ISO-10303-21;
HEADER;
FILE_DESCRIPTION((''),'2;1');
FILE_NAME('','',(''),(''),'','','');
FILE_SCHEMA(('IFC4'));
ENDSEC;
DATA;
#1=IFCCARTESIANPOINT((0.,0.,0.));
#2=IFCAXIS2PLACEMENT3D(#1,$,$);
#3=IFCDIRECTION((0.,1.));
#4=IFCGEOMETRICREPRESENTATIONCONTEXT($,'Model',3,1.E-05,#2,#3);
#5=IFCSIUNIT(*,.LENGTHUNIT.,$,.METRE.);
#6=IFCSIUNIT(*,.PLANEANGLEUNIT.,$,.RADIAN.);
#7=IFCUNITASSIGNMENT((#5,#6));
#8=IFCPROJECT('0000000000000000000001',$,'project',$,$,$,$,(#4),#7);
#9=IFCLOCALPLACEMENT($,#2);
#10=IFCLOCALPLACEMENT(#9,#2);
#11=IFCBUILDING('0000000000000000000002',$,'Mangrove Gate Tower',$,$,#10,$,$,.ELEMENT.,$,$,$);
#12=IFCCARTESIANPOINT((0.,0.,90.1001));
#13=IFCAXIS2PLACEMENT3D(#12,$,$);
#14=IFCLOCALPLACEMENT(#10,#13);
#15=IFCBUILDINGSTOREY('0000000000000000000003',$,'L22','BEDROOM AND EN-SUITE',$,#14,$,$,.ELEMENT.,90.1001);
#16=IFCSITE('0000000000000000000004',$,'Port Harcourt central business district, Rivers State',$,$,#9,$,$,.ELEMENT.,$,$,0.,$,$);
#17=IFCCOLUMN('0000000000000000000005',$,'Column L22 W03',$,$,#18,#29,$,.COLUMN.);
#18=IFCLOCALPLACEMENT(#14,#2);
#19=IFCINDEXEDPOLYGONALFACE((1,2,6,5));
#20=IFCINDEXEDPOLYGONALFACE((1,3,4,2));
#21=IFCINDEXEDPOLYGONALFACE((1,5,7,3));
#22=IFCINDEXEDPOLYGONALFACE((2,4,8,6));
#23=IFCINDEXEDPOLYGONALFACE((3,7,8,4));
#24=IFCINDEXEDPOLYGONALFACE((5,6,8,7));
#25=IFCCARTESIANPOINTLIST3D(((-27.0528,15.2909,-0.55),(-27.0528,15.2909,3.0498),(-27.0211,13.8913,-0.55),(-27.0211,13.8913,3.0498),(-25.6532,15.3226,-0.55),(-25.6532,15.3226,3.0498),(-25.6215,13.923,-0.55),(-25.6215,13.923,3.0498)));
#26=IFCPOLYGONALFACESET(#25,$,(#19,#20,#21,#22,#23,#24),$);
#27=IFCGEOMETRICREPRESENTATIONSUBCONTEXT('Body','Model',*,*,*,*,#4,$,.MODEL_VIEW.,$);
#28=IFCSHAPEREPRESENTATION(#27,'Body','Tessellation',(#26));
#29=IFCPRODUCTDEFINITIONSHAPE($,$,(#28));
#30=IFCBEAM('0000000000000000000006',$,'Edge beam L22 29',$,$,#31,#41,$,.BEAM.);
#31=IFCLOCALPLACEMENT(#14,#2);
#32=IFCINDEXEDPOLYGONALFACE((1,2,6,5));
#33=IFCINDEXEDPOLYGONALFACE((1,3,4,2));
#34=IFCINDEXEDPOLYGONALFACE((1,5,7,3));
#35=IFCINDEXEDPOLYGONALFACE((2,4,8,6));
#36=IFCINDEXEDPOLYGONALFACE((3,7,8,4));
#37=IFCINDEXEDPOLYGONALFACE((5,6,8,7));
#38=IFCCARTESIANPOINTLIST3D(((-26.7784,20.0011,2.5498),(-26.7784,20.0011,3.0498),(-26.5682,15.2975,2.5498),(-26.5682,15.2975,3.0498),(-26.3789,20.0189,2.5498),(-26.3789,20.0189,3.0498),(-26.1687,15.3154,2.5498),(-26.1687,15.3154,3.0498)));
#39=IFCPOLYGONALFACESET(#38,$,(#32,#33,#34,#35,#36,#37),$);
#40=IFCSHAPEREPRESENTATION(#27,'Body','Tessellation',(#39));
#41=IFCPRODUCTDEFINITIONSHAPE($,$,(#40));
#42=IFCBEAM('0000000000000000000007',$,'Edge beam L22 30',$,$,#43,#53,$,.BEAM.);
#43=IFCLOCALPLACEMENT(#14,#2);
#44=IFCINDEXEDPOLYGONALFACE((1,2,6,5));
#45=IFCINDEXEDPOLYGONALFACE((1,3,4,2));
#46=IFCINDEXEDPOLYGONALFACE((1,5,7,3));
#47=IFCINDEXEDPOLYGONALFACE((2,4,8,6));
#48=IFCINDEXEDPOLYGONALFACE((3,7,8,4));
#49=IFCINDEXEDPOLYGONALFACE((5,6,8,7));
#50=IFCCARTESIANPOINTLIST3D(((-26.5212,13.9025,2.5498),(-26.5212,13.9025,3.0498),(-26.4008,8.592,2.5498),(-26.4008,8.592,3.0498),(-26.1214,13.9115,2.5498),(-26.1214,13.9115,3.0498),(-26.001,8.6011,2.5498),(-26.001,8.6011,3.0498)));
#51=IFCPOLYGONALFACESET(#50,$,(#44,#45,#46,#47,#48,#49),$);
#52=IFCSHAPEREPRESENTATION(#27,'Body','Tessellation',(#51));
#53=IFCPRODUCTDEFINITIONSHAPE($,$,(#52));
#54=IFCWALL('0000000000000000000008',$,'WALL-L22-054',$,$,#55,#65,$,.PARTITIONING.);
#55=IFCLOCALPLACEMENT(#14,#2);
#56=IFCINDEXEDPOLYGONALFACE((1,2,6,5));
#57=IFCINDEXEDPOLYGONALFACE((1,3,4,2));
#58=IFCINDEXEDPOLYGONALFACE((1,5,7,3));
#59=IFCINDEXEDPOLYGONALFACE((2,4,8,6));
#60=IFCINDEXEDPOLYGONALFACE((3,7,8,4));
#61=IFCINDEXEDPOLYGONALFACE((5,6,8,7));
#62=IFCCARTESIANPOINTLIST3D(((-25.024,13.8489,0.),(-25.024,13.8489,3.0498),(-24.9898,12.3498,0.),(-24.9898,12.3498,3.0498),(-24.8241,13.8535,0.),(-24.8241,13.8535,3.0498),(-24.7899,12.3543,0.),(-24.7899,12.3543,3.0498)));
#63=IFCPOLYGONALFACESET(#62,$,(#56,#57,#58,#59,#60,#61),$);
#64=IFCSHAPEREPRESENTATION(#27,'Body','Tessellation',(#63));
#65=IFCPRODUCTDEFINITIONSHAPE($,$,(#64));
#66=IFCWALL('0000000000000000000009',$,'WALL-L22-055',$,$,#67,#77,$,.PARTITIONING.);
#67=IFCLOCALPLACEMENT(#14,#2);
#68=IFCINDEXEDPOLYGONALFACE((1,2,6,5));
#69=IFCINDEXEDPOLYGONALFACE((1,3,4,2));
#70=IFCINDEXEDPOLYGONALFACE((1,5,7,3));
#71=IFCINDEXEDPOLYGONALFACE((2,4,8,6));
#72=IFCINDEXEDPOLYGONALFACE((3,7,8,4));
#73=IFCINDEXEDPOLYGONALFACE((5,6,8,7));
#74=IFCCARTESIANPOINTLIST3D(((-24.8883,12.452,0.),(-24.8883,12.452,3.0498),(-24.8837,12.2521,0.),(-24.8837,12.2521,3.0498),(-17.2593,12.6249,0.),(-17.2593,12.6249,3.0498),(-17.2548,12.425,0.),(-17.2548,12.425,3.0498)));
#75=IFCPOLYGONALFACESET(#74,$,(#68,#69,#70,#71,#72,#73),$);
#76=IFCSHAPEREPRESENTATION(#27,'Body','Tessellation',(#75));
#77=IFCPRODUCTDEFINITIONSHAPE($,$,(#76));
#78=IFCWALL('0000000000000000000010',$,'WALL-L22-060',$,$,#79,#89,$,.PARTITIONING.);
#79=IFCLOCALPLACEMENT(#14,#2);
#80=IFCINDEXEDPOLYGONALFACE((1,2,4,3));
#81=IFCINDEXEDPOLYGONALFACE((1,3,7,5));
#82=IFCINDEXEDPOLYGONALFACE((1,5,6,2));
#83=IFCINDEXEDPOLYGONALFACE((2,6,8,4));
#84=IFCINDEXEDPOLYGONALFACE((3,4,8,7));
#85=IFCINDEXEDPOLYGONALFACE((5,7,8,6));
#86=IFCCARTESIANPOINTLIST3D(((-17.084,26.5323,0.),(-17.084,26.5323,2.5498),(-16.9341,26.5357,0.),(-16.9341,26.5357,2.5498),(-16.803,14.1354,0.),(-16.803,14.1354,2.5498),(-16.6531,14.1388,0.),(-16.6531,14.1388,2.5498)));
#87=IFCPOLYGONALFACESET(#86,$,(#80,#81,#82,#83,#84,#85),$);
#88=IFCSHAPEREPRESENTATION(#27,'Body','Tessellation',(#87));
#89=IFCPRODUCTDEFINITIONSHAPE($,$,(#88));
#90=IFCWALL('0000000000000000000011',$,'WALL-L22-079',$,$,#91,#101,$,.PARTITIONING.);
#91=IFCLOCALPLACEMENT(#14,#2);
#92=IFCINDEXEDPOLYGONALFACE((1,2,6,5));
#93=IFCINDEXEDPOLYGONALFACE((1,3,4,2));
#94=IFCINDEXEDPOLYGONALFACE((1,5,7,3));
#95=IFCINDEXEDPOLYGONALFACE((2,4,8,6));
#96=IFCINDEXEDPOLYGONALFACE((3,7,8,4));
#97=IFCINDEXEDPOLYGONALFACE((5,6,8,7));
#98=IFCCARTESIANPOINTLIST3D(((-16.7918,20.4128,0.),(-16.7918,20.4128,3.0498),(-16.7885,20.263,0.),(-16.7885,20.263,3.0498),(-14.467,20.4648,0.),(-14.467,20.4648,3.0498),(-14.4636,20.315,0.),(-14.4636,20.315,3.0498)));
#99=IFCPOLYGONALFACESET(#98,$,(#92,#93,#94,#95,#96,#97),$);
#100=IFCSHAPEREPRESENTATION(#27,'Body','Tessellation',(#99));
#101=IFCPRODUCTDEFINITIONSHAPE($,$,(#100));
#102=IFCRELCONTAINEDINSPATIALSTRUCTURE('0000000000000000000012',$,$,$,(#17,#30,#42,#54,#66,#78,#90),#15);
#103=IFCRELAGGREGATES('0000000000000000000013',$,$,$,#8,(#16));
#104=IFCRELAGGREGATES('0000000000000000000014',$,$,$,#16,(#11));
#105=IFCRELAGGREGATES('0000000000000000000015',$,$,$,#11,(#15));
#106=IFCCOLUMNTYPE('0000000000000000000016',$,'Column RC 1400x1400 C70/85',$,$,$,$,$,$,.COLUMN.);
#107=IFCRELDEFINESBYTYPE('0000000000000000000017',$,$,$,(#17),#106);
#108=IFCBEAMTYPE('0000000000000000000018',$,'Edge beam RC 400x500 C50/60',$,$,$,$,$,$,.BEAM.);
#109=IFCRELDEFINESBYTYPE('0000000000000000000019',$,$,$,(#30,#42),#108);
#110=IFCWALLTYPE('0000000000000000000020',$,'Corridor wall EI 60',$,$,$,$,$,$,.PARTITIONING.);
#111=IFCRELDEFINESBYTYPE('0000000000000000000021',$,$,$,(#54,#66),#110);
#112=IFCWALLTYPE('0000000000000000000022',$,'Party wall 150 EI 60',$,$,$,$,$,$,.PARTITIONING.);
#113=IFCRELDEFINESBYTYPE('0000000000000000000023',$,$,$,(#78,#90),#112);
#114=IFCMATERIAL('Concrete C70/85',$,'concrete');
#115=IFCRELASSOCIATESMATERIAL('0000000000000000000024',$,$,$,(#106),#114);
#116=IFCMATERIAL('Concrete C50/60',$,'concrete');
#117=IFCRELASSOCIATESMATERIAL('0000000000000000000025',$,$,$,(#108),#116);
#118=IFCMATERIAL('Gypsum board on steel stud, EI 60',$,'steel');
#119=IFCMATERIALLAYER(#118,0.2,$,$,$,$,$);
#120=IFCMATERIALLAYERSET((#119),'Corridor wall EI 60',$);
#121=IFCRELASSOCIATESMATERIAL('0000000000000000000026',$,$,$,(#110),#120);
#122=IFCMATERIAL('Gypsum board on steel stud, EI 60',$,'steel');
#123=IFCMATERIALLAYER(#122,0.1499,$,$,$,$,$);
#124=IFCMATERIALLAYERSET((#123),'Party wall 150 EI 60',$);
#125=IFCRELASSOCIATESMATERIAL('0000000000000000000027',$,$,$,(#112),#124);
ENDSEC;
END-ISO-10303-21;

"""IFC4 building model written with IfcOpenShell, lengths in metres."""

from ifc_helpers import new_model, si_unit, direction, frame, frame_2d, origin, origin_2d, place, context, subcontext, project, spatial, rectangle, extrude, material, layer, layer_set, material_profile, profile_set, type_object, element, save


model = new_model("IFC4")

# Units and contexts
model_context = context("Model", 3, precision=1e-05, world=origin(), true_north=direction((0.0, 1.0)))
body_context = subcontext(model_context, "Body", "Model", "MODEL_VIEW")
ifc_project = project(units=[si_unit("LENGTHUNIT", "METRE"), si_unit("PLANEANGLEUNIT", "RADIAN")], contexts=[model_context])

# Site, building, storey
site_placement = place(None, origin())
site = spatial("IfcSite", under=ifc_project, at=site_placement, Name="Port Harcourt central business district, Rivers State", CompositionType="ELEMENT", RefElevation=0.0)
building_placement = place(site_placement, origin())
building = spatial("IfcBuilding", under=site, at=building_placement, Name="Mangrove Gate Tower", CompositionType="ELEMENT")
storey_placement = place(building_placement, frame((0.0, 0.0, 90.1001)))
storey = spatial("IfcBuildingStorey", under=building, at=storey_placement, Name="L22", Description="BEDROOM AND EN-SUITE", CompositionType="ELEMENT", Elevation=90.1001)

# Column
ifc_material_1 = material(Name="Concrete C70/85", Category="concrete")
ifc_material_profile_1 = material_profile(ifc_material_1, rectangle(XDim=1.3999, YDim=1.3999, at=origin_2d()))
ifc_profile_set_1 = profile_set([ifc_material_profile_1], Name="Concrete C70/85")
column_type = type_object("IfcColumnType", Name="Column RC 1400x1400 C70/85", PredefinedType="COLUMN", material=ifc_profile_set_1)
column_placement = place(storey_placement, frame((-26.3372, 14.6069, -0.55), z_axis=(0.0, 0.0, 1.0), x_axis=(0.022645, -0.999744, 0.0)))
element("IfcColumn", 1, at=column_placement, inside=storey, type_object=column_type, Name="Column L22 W03", PredefinedType="COLUMN", context=body_context, shape_type="SweptSolid", body=[
    extrude(rectangle(XDim=1.3999, YDim=1.3999, at=origin_2d()), origin(), (0.0, 0.0, 1.0), 3.5999),
])

# Beams
ifc_material_2 = material(Name="Concrete C50/60", Category="concrete")
ifc_material_profile_2 = material_profile(ifc_material_2, rectangle(XDim=0.3999, YDim=0.5, at=origin_2d()))
ifc_profile_set_2 = profile_set([ifc_material_profile_2], Name="Concrete C50/60")
beam_type = type_object("IfcBeamType", Name="Edge beam RC 400x500 C50/60", PredefinedType="BEAM", material=ifc_profile_set_2)
beam_1_placement = place(storey_placement, frame((-26.5786, 20.01, 2.7998), z_axis=(0.044646, -0.999003, 0.0), x_axis=(0.999003, 0.044646, 0.0)))
element("IfcBeam", 2, at=beam_1_placement, inside=storey, type_object=beam_type, Name="Edge beam L22 29", PredefinedType="BEAM", context=body_context, shape_type="SweptSolid", body=[
    extrude(rectangle(XDim=0.3999, YDim=0.5, at=origin_2d()), origin(), (0.0, 0.0, 1.0), 4.7083),
])
beam_2_placement = place(storey_placement, frame((-26.3213, 13.907, 2.7998), z_axis=(0.02266, -0.999743, 0.0), x_axis=(0.999743, 0.02266, 0.0)))
element("IfcBeam", 3, at=beam_2_placement, inside=storey, type_object=beam_type, Name="Edge beam L22 30", PredefinedType="BEAM", context=body_context, shape_type="SweptSolid", body=[
    extrude(rectangle(XDim=0.3999, YDim=0.5, at=origin_2d()), origin(), (0.0, 0.0, 1.0), 5.3118),
])

# Walls
ifc_material_3 = material(Name="Gypsum board on steel stud, EI 60", Category="steel")
ifc_layer_1 = layer(ifc_material_3, 0.2)
ifc_layer_set_1 = layer_set([ifc_layer_1], Name="Corridor wall EI 60")
wall_type_1 = type_object("IfcWallType", Name="Corridor wall EI 60", PredefinedType="PARTITIONING", material=ifc_layer_set_1)
wall_1_placement = place(storey_placement, frame((-24.8899, 12.3521, 0.0), z_axis=(0.0, 0.0, 1.0), x_axis=(-0.022795, 0.99974, 0.0)))
element("IfcWall", 4, at=wall_1_placement, inside=storey, type_object=wall_type_1, Name="WALL-L22-054", PredefinedType="PARTITIONING", context=body_context, shape_type="SweptSolid", body=[
    extrude(rectangle(XDim=1.4995, YDim=0.2, at=frame_2d((0.7498, 0.0))), origin(), (0.0, 0.0, 1.0), 3.0498),
])
wall_2_placement = place(storey_placement, frame((-24.886, 12.3521, 0.0), z_axis=(0.0, 0.0, 1.0), x_axis=(0.999743, 0.022652, 0.0)))
element("IfcWall", 5, at=wall_2_placement, inside=storey, type_object=wall_type_1, Name="WALL-L22-055", PredefinedType="PARTITIONING", context=body_context, shape_type="SweptSolid", body=[
    extrude(rectangle(XDim=7.6309, YDim=0.2, at=frame_2d((3.8154, 0.0))), origin(), (0.0, 0.0, 1.0), 3.0498),
])

# Walls
ifc_material_4 = material(Name="Gypsum board on steel stud, EI 60", Category="steel")
ifc_layer_2 = layer(ifc_material_4, 0.1499)
ifc_layer_set_2 = layer_set([ifc_layer_2], Name="Party wall 150 EI 60")
wall_type_2 = type_object("IfcWallType", Name="Party wall 150 EI 60", PredefinedType="PARTITIONING", material=ifc_layer_set_2)
wall_3_placement = place(storey_placement, frame((-16.728, 14.137, 0.0), z_axis=(0.0, 0.0, 1.0), x_axis=(-0.022661, 0.999743, 0.0)))
element("IfcWall", 6, at=wall_3_placement, inside=storey, type_object=wall_type_2, Name="WALL-L22-060", PredefinedType="PARTITIONING", context=body_context, shape_type="SweptSolid", body=[
    extrude(rectangle(XDim=12.4001, YDim=0.1499, at=frame_2d((6.2002, 0.0))), origin(), (0.0, 0.0, 1.0), 2.5498),
])
wall_4_placement = place(storey_placement, frame((-16.79, 20.3379, 0.0), z_axis=(0.0, 0.0, 1.0), x_axis=(0.99975, 0.022361, 0.0)))
element("IfcWall", 7, at=wall_4_placement, inside=storey, type_object=wall_type_2, Name="WALL-L22-079", PredefinedType="PARTITIONING", context=body_context, shape_type="SweptSolid", body=[
    extrude(rectangle(XDim=2.3254, YDim=0.1499, at=frame_2d((1.1626, 0.0))), origin(), (0.0, 0.0, 1.0), 3.0498),
])

save(model, "model.ifc")
